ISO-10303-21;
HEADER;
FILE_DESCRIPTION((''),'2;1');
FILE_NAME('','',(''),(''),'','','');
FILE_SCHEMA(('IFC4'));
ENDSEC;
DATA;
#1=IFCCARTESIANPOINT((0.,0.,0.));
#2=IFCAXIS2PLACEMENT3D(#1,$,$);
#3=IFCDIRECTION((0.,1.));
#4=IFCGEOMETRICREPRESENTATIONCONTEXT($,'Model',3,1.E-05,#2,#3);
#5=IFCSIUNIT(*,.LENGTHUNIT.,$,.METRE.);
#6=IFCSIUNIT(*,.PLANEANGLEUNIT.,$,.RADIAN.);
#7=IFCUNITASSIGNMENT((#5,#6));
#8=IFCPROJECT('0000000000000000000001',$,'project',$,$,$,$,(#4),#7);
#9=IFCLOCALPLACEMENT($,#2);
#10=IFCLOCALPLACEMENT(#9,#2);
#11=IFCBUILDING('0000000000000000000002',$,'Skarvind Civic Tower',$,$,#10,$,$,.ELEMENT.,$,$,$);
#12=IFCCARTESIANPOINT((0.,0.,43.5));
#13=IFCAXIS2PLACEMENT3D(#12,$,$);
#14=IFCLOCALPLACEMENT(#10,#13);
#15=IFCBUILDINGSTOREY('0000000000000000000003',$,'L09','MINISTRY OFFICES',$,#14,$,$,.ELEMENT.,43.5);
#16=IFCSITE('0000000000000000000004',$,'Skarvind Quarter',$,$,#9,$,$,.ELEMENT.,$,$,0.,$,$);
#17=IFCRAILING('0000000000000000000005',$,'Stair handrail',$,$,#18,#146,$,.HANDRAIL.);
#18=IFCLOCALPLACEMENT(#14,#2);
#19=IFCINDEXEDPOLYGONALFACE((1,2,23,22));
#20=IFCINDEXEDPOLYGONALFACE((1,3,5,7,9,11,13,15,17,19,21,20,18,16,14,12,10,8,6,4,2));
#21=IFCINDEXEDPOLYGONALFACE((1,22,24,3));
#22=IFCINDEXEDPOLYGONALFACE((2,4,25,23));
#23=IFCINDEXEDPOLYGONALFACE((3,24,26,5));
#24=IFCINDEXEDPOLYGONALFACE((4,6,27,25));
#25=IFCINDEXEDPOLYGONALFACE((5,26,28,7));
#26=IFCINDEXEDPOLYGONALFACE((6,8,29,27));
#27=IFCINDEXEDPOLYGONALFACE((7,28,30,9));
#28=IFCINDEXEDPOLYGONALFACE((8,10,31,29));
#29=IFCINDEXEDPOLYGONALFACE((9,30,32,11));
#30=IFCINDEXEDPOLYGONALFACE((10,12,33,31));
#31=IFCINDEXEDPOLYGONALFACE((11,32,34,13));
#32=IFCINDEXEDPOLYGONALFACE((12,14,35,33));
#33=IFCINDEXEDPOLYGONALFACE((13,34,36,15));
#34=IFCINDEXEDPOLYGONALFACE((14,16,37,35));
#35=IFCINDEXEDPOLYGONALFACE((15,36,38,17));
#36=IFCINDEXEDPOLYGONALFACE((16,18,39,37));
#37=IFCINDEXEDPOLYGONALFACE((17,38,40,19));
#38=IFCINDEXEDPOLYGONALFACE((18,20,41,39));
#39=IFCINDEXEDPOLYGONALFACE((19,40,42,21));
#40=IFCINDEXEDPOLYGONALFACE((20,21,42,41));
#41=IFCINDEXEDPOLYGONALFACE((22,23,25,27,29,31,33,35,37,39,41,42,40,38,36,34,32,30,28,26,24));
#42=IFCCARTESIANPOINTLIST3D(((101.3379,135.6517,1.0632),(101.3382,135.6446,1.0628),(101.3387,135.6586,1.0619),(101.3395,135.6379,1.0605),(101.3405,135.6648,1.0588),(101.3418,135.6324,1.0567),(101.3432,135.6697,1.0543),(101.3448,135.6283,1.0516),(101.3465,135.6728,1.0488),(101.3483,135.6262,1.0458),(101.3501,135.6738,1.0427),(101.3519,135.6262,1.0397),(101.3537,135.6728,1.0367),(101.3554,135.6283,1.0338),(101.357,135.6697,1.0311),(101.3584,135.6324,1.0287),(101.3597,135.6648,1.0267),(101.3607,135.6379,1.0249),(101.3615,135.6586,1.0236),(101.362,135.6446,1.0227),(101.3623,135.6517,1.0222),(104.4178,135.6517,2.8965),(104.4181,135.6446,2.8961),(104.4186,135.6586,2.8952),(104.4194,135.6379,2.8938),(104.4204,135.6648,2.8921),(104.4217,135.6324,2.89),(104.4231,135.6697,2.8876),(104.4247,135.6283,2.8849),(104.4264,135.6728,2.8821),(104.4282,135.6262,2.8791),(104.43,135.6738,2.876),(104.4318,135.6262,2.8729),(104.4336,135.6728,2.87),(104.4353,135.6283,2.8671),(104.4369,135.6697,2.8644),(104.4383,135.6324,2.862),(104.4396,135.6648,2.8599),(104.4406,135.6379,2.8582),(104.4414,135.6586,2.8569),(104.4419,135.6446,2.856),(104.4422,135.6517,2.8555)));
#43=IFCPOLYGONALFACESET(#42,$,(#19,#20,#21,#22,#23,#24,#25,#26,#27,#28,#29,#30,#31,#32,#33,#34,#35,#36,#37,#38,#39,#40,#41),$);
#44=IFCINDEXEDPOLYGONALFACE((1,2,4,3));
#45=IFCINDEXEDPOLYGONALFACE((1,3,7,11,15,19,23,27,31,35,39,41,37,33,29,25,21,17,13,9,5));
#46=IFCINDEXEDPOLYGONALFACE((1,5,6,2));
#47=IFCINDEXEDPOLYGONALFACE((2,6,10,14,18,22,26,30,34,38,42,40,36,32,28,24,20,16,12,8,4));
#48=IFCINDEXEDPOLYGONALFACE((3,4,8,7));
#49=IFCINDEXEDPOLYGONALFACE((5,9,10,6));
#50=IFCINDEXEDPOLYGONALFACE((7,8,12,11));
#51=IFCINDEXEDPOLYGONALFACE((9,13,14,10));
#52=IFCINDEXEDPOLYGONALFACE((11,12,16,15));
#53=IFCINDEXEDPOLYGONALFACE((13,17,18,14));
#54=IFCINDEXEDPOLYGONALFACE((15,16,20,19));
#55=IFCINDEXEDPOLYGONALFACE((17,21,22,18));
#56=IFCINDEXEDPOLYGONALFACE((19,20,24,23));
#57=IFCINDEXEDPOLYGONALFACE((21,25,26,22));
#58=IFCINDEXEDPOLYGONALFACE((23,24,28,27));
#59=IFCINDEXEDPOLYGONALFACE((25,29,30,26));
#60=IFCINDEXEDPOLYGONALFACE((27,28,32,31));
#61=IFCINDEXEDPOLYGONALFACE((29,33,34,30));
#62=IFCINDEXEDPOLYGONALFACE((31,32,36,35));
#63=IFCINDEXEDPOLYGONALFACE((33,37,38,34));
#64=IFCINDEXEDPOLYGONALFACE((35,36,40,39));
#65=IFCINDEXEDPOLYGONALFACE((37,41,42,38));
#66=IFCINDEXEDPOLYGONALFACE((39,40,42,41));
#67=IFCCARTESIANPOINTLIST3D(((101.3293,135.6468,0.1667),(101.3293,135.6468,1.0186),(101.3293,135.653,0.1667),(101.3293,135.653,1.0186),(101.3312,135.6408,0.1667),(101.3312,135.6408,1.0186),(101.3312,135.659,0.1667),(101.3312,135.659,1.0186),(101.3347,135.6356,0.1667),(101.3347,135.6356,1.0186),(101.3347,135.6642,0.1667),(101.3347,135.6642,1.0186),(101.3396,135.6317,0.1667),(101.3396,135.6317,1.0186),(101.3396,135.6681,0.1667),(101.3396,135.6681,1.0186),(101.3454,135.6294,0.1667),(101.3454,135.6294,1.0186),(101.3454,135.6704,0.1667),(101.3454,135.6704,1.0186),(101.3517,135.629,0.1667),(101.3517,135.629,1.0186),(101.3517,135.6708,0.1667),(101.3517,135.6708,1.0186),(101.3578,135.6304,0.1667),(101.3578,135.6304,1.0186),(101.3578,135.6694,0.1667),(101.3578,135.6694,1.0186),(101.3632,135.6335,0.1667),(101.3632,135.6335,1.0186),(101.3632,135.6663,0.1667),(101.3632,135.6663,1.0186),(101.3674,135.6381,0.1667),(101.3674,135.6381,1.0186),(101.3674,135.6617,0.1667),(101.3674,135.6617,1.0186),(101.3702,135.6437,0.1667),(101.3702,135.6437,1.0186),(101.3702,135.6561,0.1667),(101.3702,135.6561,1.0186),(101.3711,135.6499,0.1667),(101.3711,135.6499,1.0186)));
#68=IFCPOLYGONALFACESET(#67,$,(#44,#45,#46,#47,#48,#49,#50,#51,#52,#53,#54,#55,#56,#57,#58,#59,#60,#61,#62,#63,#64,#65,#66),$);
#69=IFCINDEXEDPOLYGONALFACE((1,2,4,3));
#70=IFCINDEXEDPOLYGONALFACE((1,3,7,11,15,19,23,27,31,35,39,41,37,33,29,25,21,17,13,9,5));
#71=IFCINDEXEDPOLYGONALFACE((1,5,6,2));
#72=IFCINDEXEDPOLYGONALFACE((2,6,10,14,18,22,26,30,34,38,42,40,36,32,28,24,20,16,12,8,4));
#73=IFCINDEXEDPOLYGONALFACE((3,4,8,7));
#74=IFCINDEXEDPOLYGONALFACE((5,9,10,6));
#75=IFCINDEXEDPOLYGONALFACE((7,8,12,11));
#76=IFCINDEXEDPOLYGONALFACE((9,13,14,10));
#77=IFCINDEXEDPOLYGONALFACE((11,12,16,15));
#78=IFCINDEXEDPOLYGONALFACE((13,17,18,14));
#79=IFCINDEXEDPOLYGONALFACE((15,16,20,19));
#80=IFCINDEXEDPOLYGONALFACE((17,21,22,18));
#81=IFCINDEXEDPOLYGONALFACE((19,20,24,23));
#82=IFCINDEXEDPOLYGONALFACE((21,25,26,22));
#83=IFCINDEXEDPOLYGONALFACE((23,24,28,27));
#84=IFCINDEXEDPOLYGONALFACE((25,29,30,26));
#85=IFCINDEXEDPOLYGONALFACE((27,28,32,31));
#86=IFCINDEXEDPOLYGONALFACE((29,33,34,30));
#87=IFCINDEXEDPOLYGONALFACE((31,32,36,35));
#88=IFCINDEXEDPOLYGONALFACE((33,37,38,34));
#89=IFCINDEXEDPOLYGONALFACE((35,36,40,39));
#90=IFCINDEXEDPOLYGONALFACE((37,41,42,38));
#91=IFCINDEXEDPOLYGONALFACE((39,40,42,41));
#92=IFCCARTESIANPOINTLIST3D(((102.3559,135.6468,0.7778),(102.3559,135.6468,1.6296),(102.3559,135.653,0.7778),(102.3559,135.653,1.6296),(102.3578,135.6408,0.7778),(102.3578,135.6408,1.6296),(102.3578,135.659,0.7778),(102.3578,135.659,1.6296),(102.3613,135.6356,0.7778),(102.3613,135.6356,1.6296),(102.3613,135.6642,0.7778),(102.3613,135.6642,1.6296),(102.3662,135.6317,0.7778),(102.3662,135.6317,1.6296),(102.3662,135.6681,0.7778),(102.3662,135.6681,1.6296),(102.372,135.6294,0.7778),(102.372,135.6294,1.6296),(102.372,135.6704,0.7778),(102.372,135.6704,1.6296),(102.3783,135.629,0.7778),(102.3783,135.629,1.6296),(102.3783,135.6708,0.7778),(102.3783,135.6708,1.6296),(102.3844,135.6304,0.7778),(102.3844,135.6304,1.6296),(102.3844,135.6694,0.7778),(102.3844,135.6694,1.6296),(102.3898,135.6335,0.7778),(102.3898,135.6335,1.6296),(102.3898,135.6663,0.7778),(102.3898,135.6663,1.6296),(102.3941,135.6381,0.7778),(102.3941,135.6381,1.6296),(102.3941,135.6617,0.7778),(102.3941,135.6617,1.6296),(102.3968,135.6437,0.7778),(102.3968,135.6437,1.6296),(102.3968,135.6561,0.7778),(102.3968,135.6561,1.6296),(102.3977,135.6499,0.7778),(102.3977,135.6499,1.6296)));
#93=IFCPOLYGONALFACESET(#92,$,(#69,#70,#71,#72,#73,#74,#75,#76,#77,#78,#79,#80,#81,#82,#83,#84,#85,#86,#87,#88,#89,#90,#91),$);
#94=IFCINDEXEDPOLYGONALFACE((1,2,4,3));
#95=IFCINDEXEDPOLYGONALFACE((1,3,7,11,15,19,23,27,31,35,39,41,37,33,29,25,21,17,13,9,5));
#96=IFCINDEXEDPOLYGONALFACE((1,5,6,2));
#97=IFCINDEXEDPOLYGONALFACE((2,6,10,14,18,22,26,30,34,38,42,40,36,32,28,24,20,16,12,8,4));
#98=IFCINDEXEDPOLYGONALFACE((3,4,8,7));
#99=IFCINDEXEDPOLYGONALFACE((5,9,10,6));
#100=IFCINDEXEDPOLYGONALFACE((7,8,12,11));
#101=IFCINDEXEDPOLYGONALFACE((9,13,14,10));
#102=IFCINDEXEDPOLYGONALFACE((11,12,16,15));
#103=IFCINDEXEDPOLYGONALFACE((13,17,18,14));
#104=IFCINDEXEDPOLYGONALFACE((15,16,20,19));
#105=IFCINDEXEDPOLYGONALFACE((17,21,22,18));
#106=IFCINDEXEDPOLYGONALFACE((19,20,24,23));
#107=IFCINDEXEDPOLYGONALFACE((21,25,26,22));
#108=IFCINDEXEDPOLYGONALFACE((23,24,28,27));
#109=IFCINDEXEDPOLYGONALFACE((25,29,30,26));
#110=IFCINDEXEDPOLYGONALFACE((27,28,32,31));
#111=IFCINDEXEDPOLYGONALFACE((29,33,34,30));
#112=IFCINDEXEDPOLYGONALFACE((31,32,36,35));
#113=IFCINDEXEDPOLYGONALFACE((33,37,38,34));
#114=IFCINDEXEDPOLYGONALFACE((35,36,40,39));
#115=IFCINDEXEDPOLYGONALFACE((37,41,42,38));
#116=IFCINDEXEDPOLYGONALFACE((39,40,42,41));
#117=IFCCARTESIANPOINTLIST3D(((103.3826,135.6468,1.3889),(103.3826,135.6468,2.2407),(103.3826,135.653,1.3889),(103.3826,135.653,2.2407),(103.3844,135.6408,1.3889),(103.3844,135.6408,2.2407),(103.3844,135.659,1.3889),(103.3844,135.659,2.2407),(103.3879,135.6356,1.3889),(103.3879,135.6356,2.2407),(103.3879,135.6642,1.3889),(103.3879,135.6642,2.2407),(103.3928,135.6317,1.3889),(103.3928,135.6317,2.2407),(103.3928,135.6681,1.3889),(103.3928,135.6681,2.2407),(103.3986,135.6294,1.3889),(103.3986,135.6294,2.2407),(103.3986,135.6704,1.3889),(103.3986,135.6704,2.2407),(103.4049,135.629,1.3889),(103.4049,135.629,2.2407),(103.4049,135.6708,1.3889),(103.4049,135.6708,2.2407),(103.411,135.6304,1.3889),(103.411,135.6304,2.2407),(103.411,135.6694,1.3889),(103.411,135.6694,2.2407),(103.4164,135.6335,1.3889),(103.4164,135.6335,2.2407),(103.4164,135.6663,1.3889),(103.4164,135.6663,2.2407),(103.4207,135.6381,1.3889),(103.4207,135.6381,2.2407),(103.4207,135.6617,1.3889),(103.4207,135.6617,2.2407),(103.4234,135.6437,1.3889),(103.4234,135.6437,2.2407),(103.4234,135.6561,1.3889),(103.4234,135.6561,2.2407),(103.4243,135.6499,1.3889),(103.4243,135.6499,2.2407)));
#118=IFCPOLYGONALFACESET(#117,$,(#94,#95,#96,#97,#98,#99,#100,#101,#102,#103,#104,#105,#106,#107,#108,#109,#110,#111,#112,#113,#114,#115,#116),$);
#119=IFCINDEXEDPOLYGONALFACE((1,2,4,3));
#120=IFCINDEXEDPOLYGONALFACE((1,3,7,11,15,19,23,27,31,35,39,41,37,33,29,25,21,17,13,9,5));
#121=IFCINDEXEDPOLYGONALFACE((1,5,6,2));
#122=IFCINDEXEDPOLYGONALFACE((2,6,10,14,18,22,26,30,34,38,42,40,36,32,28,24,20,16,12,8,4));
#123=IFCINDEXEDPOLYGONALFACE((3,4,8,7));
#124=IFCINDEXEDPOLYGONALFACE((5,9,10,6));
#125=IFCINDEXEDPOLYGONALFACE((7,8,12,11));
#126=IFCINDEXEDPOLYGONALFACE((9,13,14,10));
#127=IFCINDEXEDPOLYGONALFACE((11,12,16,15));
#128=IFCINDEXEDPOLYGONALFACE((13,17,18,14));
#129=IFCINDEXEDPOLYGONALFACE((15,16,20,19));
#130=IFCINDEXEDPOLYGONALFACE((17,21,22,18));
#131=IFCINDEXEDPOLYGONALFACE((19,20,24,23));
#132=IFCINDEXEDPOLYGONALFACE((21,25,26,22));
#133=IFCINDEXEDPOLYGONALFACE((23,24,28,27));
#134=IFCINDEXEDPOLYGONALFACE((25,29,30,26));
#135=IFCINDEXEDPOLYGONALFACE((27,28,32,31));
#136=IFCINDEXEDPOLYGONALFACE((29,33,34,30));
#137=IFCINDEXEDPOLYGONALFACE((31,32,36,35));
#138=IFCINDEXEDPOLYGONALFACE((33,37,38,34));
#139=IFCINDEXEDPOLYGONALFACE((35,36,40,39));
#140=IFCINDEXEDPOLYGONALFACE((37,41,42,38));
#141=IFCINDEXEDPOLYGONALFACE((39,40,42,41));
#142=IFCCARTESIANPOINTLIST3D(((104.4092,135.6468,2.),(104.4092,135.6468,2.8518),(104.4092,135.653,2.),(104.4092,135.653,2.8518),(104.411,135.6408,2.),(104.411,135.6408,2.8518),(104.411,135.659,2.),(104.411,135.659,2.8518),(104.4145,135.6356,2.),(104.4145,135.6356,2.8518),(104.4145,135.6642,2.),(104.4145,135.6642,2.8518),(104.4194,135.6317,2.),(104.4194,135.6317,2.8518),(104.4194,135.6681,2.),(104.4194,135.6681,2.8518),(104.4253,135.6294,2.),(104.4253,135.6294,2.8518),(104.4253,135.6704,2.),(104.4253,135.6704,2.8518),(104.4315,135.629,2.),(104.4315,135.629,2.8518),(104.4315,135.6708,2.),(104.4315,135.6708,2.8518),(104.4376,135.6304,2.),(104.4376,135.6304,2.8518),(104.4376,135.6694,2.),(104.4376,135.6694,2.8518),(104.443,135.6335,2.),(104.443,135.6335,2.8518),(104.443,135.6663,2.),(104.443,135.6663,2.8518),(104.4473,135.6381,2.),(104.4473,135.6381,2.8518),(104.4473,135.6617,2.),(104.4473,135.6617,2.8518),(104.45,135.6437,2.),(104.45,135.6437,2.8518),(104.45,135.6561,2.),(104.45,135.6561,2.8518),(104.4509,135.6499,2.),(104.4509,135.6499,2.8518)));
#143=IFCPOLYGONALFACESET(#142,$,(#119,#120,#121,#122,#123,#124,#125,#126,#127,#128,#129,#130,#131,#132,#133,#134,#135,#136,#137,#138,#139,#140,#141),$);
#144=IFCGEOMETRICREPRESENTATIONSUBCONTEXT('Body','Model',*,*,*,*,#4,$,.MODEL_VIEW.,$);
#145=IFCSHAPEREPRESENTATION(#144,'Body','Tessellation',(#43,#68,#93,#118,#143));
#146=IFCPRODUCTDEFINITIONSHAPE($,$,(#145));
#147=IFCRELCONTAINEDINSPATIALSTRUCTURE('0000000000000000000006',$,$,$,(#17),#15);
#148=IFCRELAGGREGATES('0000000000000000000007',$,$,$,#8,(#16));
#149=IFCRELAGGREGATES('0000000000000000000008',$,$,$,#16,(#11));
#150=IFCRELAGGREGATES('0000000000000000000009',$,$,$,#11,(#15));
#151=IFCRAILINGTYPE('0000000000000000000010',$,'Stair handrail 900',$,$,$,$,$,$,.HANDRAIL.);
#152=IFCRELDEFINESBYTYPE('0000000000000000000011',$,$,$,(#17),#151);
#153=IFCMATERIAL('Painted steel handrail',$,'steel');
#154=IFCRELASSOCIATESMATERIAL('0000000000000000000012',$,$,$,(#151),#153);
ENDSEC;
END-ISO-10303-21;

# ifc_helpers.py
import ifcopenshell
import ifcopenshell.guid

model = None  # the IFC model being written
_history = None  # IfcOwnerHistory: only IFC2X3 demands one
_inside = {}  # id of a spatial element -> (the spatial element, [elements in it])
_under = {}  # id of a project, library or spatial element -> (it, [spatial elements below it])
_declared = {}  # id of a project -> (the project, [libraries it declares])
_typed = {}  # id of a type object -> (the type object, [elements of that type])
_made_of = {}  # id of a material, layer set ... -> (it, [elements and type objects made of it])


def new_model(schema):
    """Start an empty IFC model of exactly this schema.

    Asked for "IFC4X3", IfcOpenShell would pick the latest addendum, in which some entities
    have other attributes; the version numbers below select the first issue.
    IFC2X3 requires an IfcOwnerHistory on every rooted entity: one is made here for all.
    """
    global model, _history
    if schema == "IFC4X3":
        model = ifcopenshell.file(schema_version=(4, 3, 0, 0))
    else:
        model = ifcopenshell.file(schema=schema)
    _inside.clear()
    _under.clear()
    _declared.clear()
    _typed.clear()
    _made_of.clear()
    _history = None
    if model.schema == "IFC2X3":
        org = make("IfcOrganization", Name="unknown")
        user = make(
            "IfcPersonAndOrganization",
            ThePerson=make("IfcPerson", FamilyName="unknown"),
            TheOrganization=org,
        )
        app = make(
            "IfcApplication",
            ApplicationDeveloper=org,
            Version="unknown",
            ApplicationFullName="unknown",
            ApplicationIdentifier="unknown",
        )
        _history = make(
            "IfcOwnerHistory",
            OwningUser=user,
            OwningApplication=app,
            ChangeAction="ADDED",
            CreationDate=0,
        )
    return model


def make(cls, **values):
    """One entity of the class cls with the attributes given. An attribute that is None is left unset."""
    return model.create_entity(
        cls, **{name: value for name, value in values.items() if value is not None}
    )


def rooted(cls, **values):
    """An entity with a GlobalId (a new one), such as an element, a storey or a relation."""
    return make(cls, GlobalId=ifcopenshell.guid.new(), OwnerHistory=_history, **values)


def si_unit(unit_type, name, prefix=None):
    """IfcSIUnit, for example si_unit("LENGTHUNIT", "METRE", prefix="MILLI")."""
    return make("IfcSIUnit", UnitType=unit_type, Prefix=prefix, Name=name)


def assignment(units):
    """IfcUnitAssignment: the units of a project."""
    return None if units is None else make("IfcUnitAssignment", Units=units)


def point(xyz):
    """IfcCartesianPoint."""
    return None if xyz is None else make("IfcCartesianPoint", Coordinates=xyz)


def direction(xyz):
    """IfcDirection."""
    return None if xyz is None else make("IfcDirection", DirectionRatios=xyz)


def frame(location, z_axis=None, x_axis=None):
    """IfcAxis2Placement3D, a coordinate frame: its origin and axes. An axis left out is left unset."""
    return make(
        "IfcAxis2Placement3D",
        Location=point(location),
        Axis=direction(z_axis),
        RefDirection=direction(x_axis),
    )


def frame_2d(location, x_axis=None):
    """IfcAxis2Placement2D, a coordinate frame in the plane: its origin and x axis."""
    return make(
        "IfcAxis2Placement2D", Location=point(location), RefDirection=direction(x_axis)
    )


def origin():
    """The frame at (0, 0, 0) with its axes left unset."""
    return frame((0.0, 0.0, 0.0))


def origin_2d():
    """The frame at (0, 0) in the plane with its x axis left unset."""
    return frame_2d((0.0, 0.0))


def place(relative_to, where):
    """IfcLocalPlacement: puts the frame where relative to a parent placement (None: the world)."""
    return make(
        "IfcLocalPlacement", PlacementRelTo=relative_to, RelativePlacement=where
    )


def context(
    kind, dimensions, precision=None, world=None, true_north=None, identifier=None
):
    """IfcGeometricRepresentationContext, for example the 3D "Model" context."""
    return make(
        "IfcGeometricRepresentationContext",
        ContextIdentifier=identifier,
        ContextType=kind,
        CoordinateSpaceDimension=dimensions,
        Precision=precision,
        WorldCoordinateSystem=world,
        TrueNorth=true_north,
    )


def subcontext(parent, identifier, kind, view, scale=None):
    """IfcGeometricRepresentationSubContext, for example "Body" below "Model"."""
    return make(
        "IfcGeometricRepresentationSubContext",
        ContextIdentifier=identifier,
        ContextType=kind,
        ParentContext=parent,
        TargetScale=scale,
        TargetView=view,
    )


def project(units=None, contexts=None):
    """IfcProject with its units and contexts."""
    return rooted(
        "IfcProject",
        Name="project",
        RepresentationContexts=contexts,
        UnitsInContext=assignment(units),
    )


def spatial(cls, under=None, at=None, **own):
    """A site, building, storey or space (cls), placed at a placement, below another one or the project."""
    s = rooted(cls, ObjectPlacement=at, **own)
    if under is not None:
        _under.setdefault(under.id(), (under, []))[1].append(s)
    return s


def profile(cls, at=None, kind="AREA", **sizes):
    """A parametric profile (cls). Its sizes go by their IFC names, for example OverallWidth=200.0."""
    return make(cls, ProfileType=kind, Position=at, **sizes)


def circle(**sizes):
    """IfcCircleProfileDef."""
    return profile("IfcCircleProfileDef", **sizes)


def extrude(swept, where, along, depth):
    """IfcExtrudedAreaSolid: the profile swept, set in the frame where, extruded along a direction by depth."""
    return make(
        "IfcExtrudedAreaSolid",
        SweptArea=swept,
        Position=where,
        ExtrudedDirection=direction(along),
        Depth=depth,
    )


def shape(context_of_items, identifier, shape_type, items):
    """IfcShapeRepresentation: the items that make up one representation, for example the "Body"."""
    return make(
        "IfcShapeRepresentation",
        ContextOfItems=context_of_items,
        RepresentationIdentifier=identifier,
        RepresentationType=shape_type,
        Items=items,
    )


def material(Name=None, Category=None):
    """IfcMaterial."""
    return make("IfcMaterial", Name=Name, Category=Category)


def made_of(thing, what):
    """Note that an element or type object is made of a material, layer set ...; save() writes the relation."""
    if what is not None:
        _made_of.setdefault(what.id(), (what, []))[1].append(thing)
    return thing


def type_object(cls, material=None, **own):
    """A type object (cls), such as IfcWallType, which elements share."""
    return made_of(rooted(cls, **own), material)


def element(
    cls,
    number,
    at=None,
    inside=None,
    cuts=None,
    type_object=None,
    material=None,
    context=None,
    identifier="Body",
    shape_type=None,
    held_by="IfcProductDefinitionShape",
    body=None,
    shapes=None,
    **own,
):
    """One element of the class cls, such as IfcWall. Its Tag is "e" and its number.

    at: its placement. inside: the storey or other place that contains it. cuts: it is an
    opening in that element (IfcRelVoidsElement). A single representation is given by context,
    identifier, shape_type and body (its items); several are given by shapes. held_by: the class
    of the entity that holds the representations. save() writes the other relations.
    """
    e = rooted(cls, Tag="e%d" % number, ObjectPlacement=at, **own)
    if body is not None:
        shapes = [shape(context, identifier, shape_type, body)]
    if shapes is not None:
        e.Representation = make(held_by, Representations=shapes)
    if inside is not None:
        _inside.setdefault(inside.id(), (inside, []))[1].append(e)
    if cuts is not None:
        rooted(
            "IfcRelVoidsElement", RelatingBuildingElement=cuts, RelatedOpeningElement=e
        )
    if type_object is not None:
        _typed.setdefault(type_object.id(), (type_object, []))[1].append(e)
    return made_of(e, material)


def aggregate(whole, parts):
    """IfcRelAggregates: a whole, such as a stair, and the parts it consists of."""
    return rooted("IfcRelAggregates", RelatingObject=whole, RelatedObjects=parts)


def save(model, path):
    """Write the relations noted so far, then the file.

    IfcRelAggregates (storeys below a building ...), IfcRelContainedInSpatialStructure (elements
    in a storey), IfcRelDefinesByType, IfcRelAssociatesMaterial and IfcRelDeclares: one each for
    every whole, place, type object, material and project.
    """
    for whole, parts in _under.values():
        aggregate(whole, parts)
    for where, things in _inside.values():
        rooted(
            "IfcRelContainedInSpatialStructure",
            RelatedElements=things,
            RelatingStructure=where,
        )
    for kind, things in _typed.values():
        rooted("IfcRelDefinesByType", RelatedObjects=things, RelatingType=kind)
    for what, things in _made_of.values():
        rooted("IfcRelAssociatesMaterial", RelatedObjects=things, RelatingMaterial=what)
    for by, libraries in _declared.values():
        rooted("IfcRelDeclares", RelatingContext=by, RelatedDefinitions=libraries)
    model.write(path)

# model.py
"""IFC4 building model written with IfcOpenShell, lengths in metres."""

from ifc_helpers import new_model, si_unit, direction, frame, origin, origin_2d, place, context, subcontext, project, spatial, circle, extrude, material, type_object, element, save


model = new_model("IFC4")

# Units and contexts
model_context = context("Model", 3, precision=1e-05, world=origin(), true_north=direction((0.0, 1.0)))
body_context = subcontext(model_context, "Body", "Model", "MODEL_VIEW")
ifc_project = project(units=[si_unit("LENGTHUNIT", "METRE"), si_unit("PLANEANGLEUNIT", "RADIAN")], contexts=[model_context])

# Site, building, storey
site_placement = place(None, origin())
site = spatial("IfcSite", under=ifc_project, at=site_placement, Name="Skarvind Quarter", CompositionType="ELEMENT", RefElevation=0.0)
building_placement = place(site_placement, origin())
building = spatial("IfcBuilding", under=site, at=building_placement, Name="Skarvind Civic Tower", CompositionType="ELEMENT")
storey_placement = place(building_placement, frame((0.0, 0.0, 43.5)))
storey = spatial("IfcBuildingStorey", under=building, at=storey_placement, Name="L09", Description="MINISTRY OFFICES", CompositionType="ELEMENT", Elevation=43.5)

# Railing
ifc_material_1 = material(Name="Painted steel handrail", Category="steel")
railing_type = type_object("IfcRailingType", Name="Stair handrail 900", PredefinedType="HANDRAIL", material=ifc_material_1)
railing_placement = place(storey_placement, frame((101.3501, 135.6499, 0.1667)))
element("IfcRailing", 1, at=railing_placement, inside=storey, type_object=railing_type, Name="Stair handrail", PredefinedType="HANDRAIL", context=body_context, shape_type="SweptSolid", body=[
    extrude(circle(Radius=0.0239, at=origin_2d()), frame((0.0, 0.0, 0.876), z_axis=(0.859291, 0.0, 0.511487), x_axis=(0.0, 1.0, 0.0)), (0.0, 0.0, 1.0), 3.5842),
    extrude(circle(Radius=0.021, at=origin_2d()), origin(), (0.0, 0.0, 1.0), 0.8518),
    extrude(circle(Radius=0.021, at=origin_2d()), frame((1.0266, 0.0, 0.6111)), (0.0, 0.0, 1.0), 0.8518),
    extrude(circle(Radius=0.021, at=origin_2d()), frame((2.0532, 0.0, 1.2222)), (0.0, 0.0, 1.0), 0.8518),
    extrude(circle(Radius=0.021, at=origin_2d()), frame((3.0798, 0.0, 1.8333)), (0.0, 0.0, 1.0), 0.8518),
])

save(model, "model.ifc")
